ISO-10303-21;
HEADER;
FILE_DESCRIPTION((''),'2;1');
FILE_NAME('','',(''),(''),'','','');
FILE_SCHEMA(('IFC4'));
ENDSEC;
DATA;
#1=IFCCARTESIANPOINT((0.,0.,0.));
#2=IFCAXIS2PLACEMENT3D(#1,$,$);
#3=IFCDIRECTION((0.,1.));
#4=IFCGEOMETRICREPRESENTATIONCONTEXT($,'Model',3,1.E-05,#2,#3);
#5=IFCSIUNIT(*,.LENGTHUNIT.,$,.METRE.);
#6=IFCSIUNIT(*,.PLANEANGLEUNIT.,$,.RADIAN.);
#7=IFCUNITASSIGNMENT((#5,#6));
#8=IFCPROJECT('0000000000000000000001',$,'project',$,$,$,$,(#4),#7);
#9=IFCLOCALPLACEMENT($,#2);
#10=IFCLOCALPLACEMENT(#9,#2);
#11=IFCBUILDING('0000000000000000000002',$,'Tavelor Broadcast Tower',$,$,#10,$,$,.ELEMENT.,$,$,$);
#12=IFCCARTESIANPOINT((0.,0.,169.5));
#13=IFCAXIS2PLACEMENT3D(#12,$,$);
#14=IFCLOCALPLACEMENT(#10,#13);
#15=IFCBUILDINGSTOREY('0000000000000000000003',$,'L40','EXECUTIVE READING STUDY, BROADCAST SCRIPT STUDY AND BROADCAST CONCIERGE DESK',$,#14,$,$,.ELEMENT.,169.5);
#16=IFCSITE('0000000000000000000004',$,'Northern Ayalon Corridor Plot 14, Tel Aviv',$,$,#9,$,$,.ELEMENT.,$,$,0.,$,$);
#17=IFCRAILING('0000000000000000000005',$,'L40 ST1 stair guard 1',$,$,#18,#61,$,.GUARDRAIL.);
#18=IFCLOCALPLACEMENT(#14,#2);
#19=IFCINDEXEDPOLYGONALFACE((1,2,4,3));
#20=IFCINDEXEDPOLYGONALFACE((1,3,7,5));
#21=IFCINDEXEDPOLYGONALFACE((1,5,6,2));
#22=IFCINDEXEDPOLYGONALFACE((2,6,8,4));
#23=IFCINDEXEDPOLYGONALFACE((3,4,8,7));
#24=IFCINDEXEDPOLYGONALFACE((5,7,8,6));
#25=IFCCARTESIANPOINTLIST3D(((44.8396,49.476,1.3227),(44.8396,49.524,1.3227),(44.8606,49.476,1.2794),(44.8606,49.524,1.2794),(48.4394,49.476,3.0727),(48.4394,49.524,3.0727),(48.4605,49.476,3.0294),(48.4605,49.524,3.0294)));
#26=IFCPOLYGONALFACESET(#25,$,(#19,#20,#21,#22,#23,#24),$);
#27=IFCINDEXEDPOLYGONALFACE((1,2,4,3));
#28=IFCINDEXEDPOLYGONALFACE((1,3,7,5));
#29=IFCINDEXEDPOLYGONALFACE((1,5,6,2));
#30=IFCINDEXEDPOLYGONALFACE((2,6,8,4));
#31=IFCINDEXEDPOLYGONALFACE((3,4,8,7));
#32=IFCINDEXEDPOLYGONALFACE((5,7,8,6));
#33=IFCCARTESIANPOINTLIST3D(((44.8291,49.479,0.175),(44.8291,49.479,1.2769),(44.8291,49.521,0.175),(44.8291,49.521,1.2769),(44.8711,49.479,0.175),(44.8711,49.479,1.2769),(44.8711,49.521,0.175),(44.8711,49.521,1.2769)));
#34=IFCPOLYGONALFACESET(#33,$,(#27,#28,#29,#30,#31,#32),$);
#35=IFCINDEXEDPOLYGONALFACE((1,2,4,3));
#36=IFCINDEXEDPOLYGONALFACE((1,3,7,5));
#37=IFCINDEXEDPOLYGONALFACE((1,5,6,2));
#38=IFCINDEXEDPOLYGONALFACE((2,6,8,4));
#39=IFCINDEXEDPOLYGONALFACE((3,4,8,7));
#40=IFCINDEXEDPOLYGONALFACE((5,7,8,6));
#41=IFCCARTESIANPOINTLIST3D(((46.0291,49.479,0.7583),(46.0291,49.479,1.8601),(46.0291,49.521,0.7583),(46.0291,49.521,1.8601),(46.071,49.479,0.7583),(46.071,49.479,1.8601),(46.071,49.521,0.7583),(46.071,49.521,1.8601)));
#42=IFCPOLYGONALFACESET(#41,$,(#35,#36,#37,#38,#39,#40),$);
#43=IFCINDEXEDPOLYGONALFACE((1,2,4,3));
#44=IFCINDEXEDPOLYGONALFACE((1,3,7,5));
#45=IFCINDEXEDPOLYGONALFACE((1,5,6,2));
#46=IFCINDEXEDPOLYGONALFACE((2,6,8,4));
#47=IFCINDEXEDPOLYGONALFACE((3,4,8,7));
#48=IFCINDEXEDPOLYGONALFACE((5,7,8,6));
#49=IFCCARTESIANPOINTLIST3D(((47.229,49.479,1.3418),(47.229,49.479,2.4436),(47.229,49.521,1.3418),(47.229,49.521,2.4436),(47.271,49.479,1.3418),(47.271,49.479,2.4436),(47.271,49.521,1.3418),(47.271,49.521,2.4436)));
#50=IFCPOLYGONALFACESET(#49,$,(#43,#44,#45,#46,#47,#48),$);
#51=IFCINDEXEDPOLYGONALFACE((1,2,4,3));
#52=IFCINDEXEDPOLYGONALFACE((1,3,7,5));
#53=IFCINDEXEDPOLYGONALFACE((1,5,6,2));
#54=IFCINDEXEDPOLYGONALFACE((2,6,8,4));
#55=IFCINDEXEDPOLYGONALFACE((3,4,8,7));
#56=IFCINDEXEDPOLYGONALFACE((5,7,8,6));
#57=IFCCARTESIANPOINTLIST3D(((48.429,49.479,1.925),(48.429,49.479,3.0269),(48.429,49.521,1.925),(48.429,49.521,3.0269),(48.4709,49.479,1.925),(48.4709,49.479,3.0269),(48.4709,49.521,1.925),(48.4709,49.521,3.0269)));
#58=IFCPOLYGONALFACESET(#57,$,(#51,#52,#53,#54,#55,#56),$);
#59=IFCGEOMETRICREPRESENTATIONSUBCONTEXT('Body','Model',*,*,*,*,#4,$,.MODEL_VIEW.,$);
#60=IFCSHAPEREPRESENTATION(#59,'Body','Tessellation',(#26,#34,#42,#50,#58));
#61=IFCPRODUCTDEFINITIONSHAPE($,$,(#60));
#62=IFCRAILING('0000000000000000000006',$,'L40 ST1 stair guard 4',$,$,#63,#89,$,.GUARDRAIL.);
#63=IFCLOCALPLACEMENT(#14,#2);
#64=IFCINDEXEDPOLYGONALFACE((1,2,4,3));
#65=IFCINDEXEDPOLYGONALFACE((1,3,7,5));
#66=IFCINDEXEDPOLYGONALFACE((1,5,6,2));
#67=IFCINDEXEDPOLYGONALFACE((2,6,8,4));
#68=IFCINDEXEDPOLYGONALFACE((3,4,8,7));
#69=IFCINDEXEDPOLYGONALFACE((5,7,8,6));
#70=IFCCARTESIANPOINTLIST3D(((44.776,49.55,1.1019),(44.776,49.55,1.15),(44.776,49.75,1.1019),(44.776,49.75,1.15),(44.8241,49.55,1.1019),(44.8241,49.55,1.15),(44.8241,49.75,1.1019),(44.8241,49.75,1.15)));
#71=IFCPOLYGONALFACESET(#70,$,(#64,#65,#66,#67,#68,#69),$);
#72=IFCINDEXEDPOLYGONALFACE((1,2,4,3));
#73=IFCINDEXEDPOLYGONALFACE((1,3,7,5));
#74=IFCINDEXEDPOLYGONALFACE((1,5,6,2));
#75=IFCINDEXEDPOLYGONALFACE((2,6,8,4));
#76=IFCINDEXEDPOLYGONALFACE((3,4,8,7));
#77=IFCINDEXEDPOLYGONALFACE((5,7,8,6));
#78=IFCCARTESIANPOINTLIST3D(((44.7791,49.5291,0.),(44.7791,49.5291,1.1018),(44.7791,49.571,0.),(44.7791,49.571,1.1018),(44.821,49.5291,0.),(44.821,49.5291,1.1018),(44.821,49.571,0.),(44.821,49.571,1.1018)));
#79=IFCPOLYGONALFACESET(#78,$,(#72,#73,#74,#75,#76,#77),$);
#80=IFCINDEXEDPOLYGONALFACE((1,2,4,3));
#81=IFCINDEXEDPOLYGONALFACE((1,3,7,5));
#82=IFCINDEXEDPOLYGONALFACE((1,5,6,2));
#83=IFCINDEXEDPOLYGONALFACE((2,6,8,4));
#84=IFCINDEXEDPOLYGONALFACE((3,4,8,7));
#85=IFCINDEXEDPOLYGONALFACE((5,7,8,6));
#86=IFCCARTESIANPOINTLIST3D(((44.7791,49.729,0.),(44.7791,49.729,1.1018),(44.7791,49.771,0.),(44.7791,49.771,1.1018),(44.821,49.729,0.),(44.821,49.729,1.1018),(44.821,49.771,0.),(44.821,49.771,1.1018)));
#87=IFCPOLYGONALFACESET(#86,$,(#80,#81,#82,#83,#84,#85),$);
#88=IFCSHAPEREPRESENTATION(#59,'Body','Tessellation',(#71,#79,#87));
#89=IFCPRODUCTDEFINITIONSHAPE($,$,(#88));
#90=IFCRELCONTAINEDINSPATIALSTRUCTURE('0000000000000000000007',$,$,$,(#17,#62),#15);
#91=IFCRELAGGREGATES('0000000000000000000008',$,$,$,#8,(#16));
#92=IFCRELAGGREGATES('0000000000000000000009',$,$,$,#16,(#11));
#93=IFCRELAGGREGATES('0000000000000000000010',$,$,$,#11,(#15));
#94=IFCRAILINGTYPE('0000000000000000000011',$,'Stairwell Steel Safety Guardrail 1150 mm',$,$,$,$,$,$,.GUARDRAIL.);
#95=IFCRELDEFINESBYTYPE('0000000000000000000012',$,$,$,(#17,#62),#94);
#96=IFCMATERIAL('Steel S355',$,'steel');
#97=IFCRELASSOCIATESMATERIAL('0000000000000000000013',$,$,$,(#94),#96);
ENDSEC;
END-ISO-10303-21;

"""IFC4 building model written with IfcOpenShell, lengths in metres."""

from ifc_helpers import new_model, si_unit, direction, frame, origin, origin_2d, place, context, subcontext, project, spatial, rectangle, extrude, material, type_object, element, save


model = new_model("IFC4")

# Units and contexts
model_context = context("Model", 3, precision=1e-05, world=origin(), true_north=direction((0.0, 1.0)))
body_context = subcontext(model_context, "Body", "Model", "MODEL_VIEW")
ifc_project = project(units=[si_unit("LENGTHUNIT", "METRE"), si_unit("PLANEANGLEUNIT", "RADIAN")], contexts=[model_context])

# Site, building, storey
site_placement = place(None, origin())
site = spatial("IfcSite", under=ifc_project, at=site_placement, Name="Northern Ayalon Corridor Plot 14, Tel Aviv", CompositionType="ELEMENT", RefElevation=0.0)
building_placement = place(site_placement, origin())
building = spatial("IfcBuilding", under=site, at=building_placement, Name="Tavelor Broadcast Tower", CompositionType="ELEMENT")
storey_placement = place(building_placement, frame((0.0, 0.0, 169.5)))
storey = spatial("IfcBuildingStorey", under=building, at=storey_placement, Name="L40", Description="EXECUTIVE READING STUDY, BROADCAST SCRIPT STUDY AND BROADCAST CONCIERGE DESK", CompositionType="ELEMENT", Elevation=169.5)

# Shared definitions
ifc_material_1 = material(Name="Steel S355", Category="steel")

# Railings
railing_type_1 = type_object("IfcRailingType", Name="Stairwell Steel Safety Guardrail 1150 mm", PredefinedType="GUARDRAIL", material=ifc_material_1)
railing_1_placement = place(storey_placement, frame((44.8501, 49.5, 0.175)))
element("IfcRailing", 1, at=railing_1_placement, inside=storey, type_object=railing_type_1, Name="L40 ST1 stair guard 1", PredefinedType="GUARDRAIL", context=body_context, shape_type="SweptSolid", body=[
    extrude(rectangle(XDim=0.0481, YDim=0.0481, at=origin_2d()), frame((0.0, 0.0, 1.126), z_axis=(0.899361, 0.0, 0.437207), x_axis=(0.0, 1.0, 0.0)), (0.0, 0.0, 1.0), 4.0027),
    extrude(rectangle(XDim=0.042, YDim=0.042, at=origin_2d()), origin(), (0.0, 0.0, 1.0), 1.1018),
    extrude(rectangle(XDim=0.042, YDim=0.042, at=origin_2d()), frame((1.2, 0.0, 0.5833)), (0.0, 0.0, 1.0), 1.1018),
    extrude(rectangle(XDim=0.042, YDim=0.042, at=origin_2d()), frame((2.3999, 0.0, 1.1667)), (0.0, 0.0, 1.0), 1.1018),
    extrude(rectangle(XDim=0.042, YDim=0.042, at=origin_2d()), frame((3.5999, 0.0, 1.75)), (0.0, 0.0, 1.0), 1.1018),
])
railing_2_placement = place(storey_placement, frame((44.8, 49.55, 0.0)))
element("IfcRailing", 2, at=railing_2_placement, inside=storey, type_object=railing_type_1, Name="L40 ST1 stair guard 4", PredefinedType="GUARDRAIL", context=body_context, shape_type="SweptSolid", body=[
    extrude(rectangle(XDim=0.0481, YDim=0.0481, at=origin_2d()), frame((0.0, 0.0, 1.126), z_axis=(0.0, 1.0, 0.0), x_axis=(-1.0, 0.0, 0.0)), (0.0, 0.0, 1.0), 0.2),
    extrude(rectangle(XDim=0.042, YDim=0.042, at=origin_2d()), origin(), (0.0, 0.0, 1.0), 1.1018),
    extrude(rectangle(XDim=0.042, YDim=0.042, at=origin_2d()), frame((0.0, 0.2, 0.0)), (0.0, 0.0, 1.0), 1.1018),
])

save(model, "model.ifc")
